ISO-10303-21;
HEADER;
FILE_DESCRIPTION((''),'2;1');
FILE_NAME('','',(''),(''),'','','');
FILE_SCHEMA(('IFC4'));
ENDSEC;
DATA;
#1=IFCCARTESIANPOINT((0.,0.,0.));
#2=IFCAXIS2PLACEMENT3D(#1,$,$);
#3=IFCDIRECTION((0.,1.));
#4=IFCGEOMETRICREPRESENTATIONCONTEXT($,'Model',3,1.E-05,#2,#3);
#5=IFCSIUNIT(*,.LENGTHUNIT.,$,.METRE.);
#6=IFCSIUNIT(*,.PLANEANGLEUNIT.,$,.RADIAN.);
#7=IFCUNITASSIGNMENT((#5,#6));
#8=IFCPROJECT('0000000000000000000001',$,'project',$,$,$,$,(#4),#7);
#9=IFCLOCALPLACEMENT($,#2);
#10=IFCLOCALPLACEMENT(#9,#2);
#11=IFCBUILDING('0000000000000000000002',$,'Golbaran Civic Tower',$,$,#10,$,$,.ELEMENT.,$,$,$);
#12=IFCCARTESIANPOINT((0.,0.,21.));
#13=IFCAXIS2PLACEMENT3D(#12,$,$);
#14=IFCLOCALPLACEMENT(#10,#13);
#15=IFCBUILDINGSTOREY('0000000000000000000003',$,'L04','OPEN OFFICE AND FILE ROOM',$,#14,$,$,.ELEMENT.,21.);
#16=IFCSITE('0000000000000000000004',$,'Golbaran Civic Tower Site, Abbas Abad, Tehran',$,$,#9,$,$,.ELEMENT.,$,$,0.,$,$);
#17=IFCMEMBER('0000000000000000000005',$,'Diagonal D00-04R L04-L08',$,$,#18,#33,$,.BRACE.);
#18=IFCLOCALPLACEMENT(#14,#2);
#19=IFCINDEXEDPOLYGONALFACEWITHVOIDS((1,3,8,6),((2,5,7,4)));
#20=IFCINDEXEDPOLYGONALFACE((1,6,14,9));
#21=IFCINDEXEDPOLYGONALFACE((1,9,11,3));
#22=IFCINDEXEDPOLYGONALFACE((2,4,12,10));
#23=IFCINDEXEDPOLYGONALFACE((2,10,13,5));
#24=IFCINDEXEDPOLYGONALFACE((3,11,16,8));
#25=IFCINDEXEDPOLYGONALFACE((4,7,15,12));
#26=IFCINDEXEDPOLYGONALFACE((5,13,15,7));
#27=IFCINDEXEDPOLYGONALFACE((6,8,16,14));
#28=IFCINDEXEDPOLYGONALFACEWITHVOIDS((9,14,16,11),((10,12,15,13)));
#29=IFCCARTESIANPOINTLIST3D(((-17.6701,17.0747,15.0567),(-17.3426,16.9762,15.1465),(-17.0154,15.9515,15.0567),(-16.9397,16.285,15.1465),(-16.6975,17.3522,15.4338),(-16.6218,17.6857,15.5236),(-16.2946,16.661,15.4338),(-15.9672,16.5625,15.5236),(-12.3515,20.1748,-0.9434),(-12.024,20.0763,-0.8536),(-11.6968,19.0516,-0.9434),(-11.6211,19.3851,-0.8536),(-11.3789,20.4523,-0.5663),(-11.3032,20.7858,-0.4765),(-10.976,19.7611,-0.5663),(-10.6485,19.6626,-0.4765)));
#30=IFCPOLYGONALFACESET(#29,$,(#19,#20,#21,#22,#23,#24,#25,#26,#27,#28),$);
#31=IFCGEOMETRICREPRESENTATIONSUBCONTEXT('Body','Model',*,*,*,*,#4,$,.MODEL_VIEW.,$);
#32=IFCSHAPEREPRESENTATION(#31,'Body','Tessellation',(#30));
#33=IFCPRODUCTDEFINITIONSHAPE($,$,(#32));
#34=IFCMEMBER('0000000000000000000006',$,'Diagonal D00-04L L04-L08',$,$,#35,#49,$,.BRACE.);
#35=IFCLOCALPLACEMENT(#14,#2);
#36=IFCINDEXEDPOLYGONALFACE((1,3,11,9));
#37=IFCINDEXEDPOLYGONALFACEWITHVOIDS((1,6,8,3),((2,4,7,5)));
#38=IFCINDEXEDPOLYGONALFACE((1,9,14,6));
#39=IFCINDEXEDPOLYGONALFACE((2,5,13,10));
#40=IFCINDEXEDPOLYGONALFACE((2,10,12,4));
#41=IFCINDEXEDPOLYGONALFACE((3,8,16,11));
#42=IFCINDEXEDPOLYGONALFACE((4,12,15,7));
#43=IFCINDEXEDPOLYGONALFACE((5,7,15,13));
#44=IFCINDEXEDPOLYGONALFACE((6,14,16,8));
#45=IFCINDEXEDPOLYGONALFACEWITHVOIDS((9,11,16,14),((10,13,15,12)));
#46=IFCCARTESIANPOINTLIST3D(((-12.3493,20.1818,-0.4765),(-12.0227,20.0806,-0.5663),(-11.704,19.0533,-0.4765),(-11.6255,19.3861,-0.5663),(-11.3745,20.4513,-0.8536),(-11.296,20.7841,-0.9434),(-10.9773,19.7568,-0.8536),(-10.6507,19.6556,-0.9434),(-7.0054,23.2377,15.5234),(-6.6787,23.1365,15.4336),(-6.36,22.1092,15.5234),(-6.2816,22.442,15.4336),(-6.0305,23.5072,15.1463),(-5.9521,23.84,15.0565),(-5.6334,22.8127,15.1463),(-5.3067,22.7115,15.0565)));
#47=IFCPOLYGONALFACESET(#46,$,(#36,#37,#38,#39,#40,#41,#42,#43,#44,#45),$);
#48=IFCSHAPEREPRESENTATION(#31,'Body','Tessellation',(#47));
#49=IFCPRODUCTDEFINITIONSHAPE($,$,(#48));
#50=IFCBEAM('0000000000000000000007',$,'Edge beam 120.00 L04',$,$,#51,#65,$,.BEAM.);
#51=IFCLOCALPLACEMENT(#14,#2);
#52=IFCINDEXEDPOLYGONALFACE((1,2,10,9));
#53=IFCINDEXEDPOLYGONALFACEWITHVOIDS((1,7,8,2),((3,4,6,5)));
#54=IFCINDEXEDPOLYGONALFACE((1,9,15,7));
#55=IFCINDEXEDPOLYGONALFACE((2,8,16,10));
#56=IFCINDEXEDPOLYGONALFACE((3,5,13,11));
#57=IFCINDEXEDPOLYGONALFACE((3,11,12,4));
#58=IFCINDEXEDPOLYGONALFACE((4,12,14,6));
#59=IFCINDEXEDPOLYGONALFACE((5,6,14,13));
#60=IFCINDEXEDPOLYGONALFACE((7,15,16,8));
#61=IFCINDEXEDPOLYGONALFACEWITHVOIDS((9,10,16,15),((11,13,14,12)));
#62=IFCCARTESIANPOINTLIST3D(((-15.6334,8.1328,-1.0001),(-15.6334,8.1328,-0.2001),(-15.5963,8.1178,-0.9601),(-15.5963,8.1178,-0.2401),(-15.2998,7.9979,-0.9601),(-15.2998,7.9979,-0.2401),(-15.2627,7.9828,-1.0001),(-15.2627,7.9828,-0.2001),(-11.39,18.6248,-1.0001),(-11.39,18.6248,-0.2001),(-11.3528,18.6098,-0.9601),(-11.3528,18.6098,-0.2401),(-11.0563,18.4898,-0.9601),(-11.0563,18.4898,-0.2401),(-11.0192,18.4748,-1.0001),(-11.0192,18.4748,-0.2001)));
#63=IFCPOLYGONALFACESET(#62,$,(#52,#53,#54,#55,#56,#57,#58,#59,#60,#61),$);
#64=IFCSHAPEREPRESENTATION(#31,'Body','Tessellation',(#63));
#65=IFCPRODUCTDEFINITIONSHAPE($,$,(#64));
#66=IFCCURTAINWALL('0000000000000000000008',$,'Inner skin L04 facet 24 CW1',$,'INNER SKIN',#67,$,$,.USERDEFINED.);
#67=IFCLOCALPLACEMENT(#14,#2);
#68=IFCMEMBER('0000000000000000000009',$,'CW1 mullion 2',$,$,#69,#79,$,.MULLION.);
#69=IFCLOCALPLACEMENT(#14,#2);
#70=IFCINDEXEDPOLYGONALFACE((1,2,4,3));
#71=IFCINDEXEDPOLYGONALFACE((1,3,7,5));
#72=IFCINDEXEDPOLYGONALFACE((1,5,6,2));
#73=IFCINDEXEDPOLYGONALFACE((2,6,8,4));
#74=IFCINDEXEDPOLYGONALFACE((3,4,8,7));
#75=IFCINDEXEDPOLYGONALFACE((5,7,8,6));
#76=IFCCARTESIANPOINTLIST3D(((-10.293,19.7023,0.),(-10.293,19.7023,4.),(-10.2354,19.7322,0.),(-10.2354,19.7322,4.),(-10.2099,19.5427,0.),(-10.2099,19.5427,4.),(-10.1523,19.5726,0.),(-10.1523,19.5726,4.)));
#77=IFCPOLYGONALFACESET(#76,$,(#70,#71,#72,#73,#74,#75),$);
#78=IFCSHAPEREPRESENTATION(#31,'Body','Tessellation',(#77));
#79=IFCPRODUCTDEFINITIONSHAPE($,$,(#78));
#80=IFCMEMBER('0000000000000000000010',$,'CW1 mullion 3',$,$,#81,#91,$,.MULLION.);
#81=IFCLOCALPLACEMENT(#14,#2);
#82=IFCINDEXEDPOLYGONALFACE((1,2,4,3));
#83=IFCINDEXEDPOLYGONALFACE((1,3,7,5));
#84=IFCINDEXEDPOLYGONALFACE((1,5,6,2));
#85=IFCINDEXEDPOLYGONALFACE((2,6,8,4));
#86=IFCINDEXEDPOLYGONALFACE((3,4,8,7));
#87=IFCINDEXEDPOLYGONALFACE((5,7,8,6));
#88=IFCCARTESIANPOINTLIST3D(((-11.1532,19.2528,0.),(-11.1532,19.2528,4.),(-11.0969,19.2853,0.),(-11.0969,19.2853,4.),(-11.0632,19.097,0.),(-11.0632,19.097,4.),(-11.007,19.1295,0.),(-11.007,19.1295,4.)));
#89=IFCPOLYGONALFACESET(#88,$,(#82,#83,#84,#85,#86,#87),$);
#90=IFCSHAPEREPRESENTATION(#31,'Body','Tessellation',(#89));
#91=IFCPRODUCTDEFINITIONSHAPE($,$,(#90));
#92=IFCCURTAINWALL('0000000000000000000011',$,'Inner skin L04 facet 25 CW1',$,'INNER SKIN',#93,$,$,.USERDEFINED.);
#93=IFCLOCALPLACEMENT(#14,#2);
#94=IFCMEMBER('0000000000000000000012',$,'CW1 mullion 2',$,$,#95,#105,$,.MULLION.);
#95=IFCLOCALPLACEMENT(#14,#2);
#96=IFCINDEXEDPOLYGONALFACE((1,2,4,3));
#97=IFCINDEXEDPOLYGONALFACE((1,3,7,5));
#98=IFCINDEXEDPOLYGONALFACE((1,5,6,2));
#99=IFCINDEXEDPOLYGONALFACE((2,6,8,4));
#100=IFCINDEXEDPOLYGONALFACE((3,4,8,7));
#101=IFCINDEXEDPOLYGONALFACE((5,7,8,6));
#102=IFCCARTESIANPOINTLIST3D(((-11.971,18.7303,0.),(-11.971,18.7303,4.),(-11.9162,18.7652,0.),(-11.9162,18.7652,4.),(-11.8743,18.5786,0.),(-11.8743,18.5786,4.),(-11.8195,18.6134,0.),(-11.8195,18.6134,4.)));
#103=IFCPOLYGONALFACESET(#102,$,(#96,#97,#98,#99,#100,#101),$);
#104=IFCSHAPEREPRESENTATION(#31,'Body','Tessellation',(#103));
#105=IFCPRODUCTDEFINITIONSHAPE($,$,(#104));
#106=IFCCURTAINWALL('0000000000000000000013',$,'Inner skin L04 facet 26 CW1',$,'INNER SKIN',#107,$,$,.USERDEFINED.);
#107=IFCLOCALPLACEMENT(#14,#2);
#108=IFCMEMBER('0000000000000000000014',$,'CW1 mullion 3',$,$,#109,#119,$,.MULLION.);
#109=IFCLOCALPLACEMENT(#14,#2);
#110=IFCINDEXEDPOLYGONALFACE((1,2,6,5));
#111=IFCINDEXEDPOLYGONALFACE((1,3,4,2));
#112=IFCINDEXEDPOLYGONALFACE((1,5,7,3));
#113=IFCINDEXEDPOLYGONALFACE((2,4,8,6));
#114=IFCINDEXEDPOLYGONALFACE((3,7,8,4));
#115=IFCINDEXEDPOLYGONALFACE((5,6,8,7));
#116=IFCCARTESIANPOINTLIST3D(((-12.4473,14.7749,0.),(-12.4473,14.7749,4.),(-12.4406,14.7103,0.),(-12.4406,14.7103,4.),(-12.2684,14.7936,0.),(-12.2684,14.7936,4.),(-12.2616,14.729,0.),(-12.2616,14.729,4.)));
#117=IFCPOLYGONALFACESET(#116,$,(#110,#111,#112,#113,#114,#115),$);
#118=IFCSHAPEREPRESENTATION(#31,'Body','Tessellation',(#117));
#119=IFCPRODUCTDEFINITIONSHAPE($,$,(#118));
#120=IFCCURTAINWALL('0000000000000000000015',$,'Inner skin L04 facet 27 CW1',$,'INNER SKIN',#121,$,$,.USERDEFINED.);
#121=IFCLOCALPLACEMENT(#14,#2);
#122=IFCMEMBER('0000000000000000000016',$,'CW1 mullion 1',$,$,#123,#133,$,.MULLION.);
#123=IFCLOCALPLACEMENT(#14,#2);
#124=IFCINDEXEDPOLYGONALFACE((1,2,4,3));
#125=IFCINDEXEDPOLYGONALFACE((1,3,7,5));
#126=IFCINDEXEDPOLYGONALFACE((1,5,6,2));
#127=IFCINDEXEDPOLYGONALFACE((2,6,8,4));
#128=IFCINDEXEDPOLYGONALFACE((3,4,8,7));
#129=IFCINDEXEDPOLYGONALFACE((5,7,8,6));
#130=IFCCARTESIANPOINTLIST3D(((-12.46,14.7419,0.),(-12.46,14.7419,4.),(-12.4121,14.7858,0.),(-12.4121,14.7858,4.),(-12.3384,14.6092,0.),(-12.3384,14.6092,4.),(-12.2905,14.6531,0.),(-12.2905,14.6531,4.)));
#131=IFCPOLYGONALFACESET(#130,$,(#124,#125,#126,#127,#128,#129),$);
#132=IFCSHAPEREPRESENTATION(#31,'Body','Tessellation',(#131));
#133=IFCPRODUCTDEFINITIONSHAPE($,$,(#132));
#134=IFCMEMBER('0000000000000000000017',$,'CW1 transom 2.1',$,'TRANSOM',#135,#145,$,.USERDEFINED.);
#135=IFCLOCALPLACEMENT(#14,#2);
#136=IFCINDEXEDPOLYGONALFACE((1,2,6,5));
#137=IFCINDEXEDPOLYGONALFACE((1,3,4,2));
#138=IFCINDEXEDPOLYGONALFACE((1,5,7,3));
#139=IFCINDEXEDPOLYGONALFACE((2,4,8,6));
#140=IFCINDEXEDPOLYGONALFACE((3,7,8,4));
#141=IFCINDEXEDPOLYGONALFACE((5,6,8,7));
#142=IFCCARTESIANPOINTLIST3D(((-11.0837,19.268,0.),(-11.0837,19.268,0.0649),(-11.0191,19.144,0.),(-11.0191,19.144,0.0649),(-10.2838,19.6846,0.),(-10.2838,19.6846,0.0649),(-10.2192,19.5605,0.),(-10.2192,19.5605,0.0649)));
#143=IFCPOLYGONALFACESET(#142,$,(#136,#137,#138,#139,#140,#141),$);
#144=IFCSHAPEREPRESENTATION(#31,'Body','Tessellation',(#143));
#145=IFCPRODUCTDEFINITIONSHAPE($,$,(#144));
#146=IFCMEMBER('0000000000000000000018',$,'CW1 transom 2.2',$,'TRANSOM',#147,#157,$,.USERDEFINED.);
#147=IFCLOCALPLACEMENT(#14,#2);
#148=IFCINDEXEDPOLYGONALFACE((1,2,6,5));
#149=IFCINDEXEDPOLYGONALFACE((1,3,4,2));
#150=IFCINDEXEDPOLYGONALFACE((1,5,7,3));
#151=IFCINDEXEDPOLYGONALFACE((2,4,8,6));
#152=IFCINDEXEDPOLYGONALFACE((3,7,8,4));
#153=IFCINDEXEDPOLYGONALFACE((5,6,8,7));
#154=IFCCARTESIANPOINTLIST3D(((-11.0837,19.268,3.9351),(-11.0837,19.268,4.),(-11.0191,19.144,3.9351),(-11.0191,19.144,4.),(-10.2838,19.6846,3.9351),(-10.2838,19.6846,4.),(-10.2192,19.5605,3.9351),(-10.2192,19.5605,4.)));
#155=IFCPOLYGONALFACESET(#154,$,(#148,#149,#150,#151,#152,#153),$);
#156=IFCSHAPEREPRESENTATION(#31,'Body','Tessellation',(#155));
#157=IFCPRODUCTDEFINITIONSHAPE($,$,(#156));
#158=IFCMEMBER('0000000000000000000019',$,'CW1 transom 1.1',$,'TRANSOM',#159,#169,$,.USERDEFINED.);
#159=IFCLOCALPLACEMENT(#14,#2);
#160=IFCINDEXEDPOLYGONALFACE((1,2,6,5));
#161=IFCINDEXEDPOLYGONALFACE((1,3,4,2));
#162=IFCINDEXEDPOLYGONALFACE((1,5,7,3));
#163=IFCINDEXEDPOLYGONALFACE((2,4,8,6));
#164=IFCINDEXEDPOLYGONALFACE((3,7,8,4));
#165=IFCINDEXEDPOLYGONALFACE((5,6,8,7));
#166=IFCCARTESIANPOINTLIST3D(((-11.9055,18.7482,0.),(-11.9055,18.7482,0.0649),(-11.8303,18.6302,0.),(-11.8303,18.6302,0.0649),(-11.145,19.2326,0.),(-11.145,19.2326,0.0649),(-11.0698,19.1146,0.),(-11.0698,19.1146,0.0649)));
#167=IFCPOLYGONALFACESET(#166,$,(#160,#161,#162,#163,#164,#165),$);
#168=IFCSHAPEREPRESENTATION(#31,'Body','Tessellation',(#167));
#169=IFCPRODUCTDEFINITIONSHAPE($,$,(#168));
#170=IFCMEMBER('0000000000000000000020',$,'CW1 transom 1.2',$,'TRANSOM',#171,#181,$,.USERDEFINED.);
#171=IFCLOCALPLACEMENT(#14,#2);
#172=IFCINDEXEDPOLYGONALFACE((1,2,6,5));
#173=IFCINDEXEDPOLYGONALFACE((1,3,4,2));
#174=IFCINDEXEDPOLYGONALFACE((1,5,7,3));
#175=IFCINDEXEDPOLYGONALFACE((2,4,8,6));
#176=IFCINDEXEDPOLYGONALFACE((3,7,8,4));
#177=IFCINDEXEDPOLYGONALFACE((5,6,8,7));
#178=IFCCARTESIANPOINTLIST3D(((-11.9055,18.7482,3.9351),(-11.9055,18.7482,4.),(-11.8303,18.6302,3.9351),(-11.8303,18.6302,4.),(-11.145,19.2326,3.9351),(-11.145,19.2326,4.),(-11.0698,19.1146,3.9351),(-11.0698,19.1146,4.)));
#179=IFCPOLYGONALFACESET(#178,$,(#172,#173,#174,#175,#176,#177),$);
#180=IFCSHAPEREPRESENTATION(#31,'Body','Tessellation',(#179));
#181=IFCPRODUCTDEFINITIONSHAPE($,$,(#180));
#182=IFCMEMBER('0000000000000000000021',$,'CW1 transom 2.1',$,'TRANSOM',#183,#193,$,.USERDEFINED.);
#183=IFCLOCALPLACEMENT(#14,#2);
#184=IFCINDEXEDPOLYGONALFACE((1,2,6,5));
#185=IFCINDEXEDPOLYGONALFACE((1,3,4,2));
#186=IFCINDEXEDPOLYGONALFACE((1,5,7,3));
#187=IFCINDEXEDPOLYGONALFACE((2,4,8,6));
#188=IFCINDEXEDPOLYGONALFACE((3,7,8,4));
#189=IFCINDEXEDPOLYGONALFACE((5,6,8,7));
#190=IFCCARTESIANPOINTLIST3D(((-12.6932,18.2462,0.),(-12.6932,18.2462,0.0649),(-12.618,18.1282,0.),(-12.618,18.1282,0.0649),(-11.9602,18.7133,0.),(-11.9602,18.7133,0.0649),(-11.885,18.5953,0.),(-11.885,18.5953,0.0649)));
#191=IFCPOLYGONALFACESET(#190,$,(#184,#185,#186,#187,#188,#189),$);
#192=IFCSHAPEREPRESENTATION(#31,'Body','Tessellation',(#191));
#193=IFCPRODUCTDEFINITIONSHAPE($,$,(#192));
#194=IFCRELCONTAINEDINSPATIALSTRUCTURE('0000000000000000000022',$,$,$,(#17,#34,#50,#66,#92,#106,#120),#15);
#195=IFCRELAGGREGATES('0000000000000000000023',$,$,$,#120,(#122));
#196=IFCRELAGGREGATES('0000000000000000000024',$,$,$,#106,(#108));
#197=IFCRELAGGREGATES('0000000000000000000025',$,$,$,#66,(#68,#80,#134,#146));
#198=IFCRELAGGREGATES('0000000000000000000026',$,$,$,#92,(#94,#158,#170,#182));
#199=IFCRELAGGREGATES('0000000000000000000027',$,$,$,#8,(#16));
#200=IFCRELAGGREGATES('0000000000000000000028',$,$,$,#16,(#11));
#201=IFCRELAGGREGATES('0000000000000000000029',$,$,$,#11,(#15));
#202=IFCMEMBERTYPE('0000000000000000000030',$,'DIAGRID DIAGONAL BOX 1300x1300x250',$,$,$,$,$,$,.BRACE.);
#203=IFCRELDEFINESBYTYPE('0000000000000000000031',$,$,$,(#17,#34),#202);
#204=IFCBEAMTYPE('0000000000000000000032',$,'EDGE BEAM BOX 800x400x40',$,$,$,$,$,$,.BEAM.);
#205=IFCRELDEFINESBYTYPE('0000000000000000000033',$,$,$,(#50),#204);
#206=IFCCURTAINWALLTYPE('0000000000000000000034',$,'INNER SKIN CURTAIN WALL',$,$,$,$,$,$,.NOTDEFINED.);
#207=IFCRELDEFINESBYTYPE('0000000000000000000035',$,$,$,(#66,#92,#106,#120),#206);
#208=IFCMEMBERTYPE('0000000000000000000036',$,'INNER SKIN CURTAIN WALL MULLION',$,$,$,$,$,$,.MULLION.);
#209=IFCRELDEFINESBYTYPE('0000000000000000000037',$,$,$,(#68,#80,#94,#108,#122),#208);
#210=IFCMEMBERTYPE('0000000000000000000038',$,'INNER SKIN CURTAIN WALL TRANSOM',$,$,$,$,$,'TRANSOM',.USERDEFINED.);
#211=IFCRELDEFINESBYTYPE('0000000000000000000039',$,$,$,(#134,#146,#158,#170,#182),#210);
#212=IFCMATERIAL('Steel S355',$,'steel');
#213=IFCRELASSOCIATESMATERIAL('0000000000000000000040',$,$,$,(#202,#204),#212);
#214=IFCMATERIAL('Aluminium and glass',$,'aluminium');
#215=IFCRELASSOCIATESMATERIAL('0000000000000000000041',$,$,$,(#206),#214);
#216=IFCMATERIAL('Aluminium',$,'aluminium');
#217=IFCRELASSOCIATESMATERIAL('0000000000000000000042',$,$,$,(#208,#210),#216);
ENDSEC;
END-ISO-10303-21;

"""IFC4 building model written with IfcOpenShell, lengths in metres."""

from ifc_helpers import new_model, si_unit, direction, frame, origin, origin_2d, place, context, subcontext, project, spatial, rectangle, hollow_rectangle, extrude, material, material_profile, profile_set, type_object, element, aggregate, save


model = new_model("IFC4")

# Units and contexts
model_context = context("Model", 3, precision=1e-05, world=origin(), true_north=direction((0.0, 1.0)))
body_context = subcontext(model_context, "Body", "Model", "MODEL_VIEW")
ifc_project = project(units=[si_unit("LENGTHUNIT", "METRE"), si_unit("PLANEANGLEUNIT", "RADIAN")], contexts=[model_context])

# Site, building, storey
site_placement = place(None, origin())
site = spatial("IfcSite", under=ifc_project, at=site_placement, Name="Golbaran Civic Tower Site, Abbas Abad, Tehran", CompositionType="ELEMENT", RefElevation=0.0)
building_placement = place(site_placement, origin())
building = spatial("IfcBuilding", under=site, at=building_placement, Name="Golbaran Civic Tower", CompositionType="ELEMENT")
storey_placement = place(building_placement, frame((0.0, 0.0, 21.0)))
storey = spatial("IfcBuildingStorey", under=building, at=storey_placement, Name="L04", Description="OPEN OFFICE AND FILE ROOM", CompositionType="ELEMENT", Elevation=21.0)

# Members
ifc_material_1 = material(Name="Steel S355", Category="steel")
ifc_material_profile_1 = material_profile(ifc_material_1, hollow_rectangle(XDim=1.3, YDim=1.3, WallThickness=0.25, at=origin_2d()), Name="BOX 1300x1300x250")
ifc_profile_set_1 = profile_set([ifc_material_profile_1], Name="Steel S355")
member_type_1 = type_object("IfcMemberType", Name="DIAGRID DIAGONAL BOX 1300x1300x250", PredefinedType="BRACE", material=ifc_profile_set_1)
member_1_placement = place(storey_placement, frame((-11.5, 19.9187, -0.71), z_axis=(-0.310241, -0.180833, 0.933301), x_axis=(0.503578, -0.86395, 0.0)))
element("IfcMember", 1, at=member_1_placement, inside=storey, type_object=member_type_1, Name="Diagonal D00-04R L04-L08", PredefinedType="BRACE", context=body_context, shape_type="SweptSolid", body=[
    extrude(hollow_rectangle(XDim=1.3, YDim=1.3, WallThickness=0.25, at=origin_2d()), origin(), (0.0, 0.0, 1.0), 17.1436),
])
member_2_placement = place(storey_placement, frame((-11.5, 19.9187, -0.71), z_axis=(0.311723, 0.178255, 0.933303), x_axis=(-0.496408, 0.868089, 0.0)))
element("IfcMember", 2, at=member_2_placement, inside=storey, type_object=member_type_1, Name="Diagonal D00-04L L04-L08", PredefinedType="BRACE", context=body_context, shape_type="SweptSolid", body=[
    extrude(hollow_rectangle(XDim=1.3, YDim=1.3, WallThickness=0.25, at=origin_2d()), origin(), (0.0, 0.0, 1.0), 17.1433),
])

# Beam
ifc_material_profile_2 = material_profile(ifc_material_1, hollow_rectangle(XDim=0.3999, YDim=0.8, WallThickness=0.04, at=origin_2d()), Name="BOX 800x400x40")
ifc_profile_set_2 = profile_set([ifc_material_profile_2], Name="Steel S355")
beam_type = type_object("IfcBeamType", Name="EDGE BEAM BOX 800x400x40", PredefinedType="BEAM", material=ifc_profile_set_2)
beam_placement = place(storey_placement, frame((-11.2046, 18.5498, -0.6001), z_axis=(-0.37494, -0.927049, 0.0), x_axis=(0.927049, -0.37494, 0.0)))
element("IfcBeam", 3, at=beam_placement, inside=storey, type_object=beam_type, Name="Edge beam 120.00 L04", PredefinedType="BEAM", context=body_context, shape_type="SweptSolid", body=[
    extrude(hollow_rectangle(XDim=0.3999, YDim=0.8, WallThickness=0.04, at=origin_2d()), origin(), (0.0, 0.0, 1.0), 11.3176),
])

# Curtain wall, members
ifc_material_2 = material(Name="Aluminium and glass", Category="aluminium")
curtain_wall_type_1 = type_object("IfcCurtainWallType", Name="INNER SKIN CURTAIN WALL", PredefinedType="NOTDEFINED", material=ifc_material_2)
curtain_wall_1_placement = place(storey_placement, origin())
curtain_wall_1 = element("IfcCurtainWall", 4, at=curtain_wall_1_placement, inside=storey, type_object=curtain_wall_type_1, Name="Inner skin L04 facet 24 CW1", ObjectType="INNER SKIN", PredefinedType="USERDEFINED")
ifc_material_3 = material(Name="Aluminium", Category="aluminium")
ifc_material_profile_3 = material_profile(ifc_material_3, rectangle(XDim=0.1799, YDim=0.0649, at=origin_2d()), Name="INNER SKIN CURTAIN WALL MULLION")
ifc_profile_set_3 = profile_set([ifc_material_profile_3], Name="Aluminium")
member_type_2 = type_object("IfcMemberType", Name="INNER SKIN CURTAIN WALL MULLION", PredefinedType="MULLION", material=ifc_profile_set_3)
member_3_placement = place(storey_placement, frame((-10.2227, 19.6375, 0.0), z_axis=(0.0, 0.0, 1.0), x_axis=(0.461749, -0.887011, 0.0)))
member_3 = element("IfcMember", 5, at=member_3_placement, type_object=member_type_2, Name="CW1 mullion 2", PredefinedType="MULLION", context=body_context, shape_type="SweptSolid", body=[
    extrude(rectangle(XDim=0.1799, YDim=0.0649, at=origin_2d()), origin(), (0.0, 0.0, 1.0), 4.0),
])
member_4_placement = place(storey_placement, frame((-11.0801, 19.1912, 0.0), z_axis=(0.0, 0.0, 1.0), x_axis=(0.5, -0.866025, 0.0)))
member_4 = element("IfcMember", 6, at=member_4_placement, type_object=member_type_2, Name="CW1 mullion 3", PredefinedType="MULLION", context=body_context, shape_type="SweptSolid", body=[
    extrude(rectangle(XDim=0.1799, YDim=0.0649, at=origin_2d()), origin(), (0.0, 0.0, 1.0), 4.0),
])

# Curtain walls, members
curtain_wall_2_placement = place(storey_placement, origin())
curtain_wall_2 = element("IfcCurtainWall", 7, at=curtain_wall_2_placement, inside=storey, type_object=curtain_wall_type_1, Name="Inner skin L04 facet 25 CW1", ObjectType="INNER SKIN", PredefinedType="USERDEFINED")
member_5_placement = place(storey_placement, frame((-11.8953, 18.6719, 0.0), z_axis=(0.0, 0.0, 1.0), x_axis=(0.5373, -0.843391, 0.0)))
member_5 = element("IfcMember", 8, at=member_5_placement, type_object=member_type_2, Name="CW1 mullion 2", PredefinedType="MULLION", context=body_context, shape_type="SweptSolid", body=[
    extrude(rectangle(XDim=0.1799, YDim=0.0649, at=origin_2d()), origin(), (0.0, 0.0, 1.0), 4.0),
])
curtain_wall_3_placement = place(storey_placement, origin())
curtain_wall_3 = element("IfcCurtainWall", 9, at=curtain_wall_3_placement, inside=storey, type_object=curtain_wall_type_1, Name="Inner skin L04 facet 26 CW1", ObjectType="INNER SKIN", PredefinedType="USERDEFINED")
member_6_placement = place(storey_placement, frame((-12.3545, 14.752, 0.0), z_axis=(0.0, 0.0, 1.0), x_axis=(0.994568, 0.104093, 0.0)))
member_6 = element("IfcMember", 10, at=member_6_placement, type_object=member_type_2, Name="CW1 mullion 3", PredefinedType="MULLION", context=body_context, shape_type="SweptSolid", body=[
    extrude(rectangle(XDim=0.1799, YDim=0.0649, at=origin_2d()), origin(), (0.0, 0.0, 1.0), 4.0),
])
curtain_wall_4_placement = place(storey_placement, origin())
curtain_wall_4 = element("IfcCurtainWall", 11, at=curtain_wall_4_placement, inside=storey, type_object=curtain_wall_type_1, Name="Inner skin L04 facet 27 CW1", ObjectType="INNER SKIN", PredefinedType="USERDEFINED")
member_7_placement = place(storey_placement, frame((-12.3752, 14.6975, 0.0), z_axis=(0.0, 0.0, 1.0), x_axis=(0.67559, -0.737277, 0.0)))
member_7 = element("IfcMember", 12, at=member_7_placement, type_object=member_type_2, Name="CW1 mullion 1", PredefinedType="MULLION", context=body_context, shape_type="SweptSolid", body=[
    extrude(rectangle(XDim=0.1799, YDim=0.0649, at=origin_2d()), origin(), (0.0, 0.0, 1.0), 4.0),
])

# Members
ifc_material_profile_4 = material_profile(ifc_material_3, rectangle(XDim=0.1399, YDim=0.0649, at=origin_2d()), Name="INNER SKIN CURTAIN WALL TRANSOM")
ifc_profile_set_4 = profile_set([ifc_material_profile_4], Name="Aluminium")
member_type_3 = type_object("IfcMemberType", Name="INNER SKIN CURTAIN WALL TRANSOM", ElementType="TRANSOM", PredefinedType="USERDEFINED", material=ifc_profile_set_4)
member_8_placement = place(storey_placement, frame((-10.2515, 19.6226, 0.0325), z_axis=(-0.886942, -0.461881, 0.0), x_axis=(0.461881, -0.886942, 0.0)))
member_8 = element("IfcMember", 13, at=member_8_placement, type_object=member_type_3, Name="CW1 transom 2.1", ObjectType="TRANSOM", PredefinedType="USERDEFINED", context=body_context, shape_type="SweptSolid", body=[
    extrude(rectangle(XDim=0.1399, YDim=0.0649, at=origin_2d()), origin(), (0.0, 0.0, 1.0), 0.9019),
])
member_9_placement = place(storey_placement, frame((-10.2515, 19.6226, 3.9675), z_axis=(-0.886942, -0.461881, 0.0), x_axis=(0.461881, -0.886942, 0.0)))
member_9 = element("IfcMember", 14, at=member_9_placement, type_object=member_type_3, Name="CW1 transom 2.2", ObjectType="TRANSOM", PredefinedType="USERDEFINED", context=body_context, shape_type="SweptSolid", body=[
    extrude(rectangle(XDim=0.1399, YDim=0.0649, at=origin_2d()), origin(), (0.0, 0.0, 1.0), 0.9019),
])
member_10_placement = place(storey_placement, frame((-11.1074, 19.1736, 0.0325), z_axis=(-0.84345, -0.537208, 0.0), x_axis=(0.537208, -0.84345, 0.0)))
member_10 = element("IfcMember", 15, at=member_10_placement, type_object=member_type_3, Name="CW1 transom 1.1", ObjectType="TRANSOM", PredefinedType="USERDEFINED", context=body_context, shape_type="SweptSolid", body=[
    extrude(rectangle(XDim=0.1399, YDim=0.0649, at=origin_2d()), origin(), (0.0, 0.0, 1.0), 0.9016),
])
member_11_placement = place(storey_placement, frame((-11.1074, 19.1736, 3.9675), z_axis=(-0.84345, -0.537208, 0.0), x_axis=(0.537208, -0.84345, 0.0)))
member_11 = element("IfcMember", 16, at=member_11_placement, type_object=member_type_3, Name="CW1 transom 1.2", ObjectType="TRANSOM", PredefinedType="USERDEFINED", context=body_context, shape_type="SweptSolid", body=[
    extrude(rectangle(XDim=0.1399, YDim=0.0649, at=origin_2d()), origin(), (0.0, 0.0, 1.0), 0.9016),
])
member_12_placement = place(storey_placement, frame((-11.9226, 18.6543, 0.0325), z_axis=(-0.843326, -0.537403, 0.0), x_axis=(0.537403, -0.843326, 0.0)))
member_12 = element("IfcMember", 17, at=member_12_placement, type_object=member_type_3, Name="CW1 transom 2.1", ObjectType="TRANSOM", PredefinedType="USERDEFINED", context=body_context, shape_type="SweptSolid", body=[
    extrude(rectangle(XDim=0.1399, YDim=0.0649, at=origin_2d()), origin(), (0.0, 0.0, 1.0), 0.8691),
])
aggregate(curtain_wall_4, [member_7])

aggregate(curtain_wall_3, [member_6])
aggregate(curtain_wall_1, [member_3, member_4, member_8, member_9])
aggregate(curtain_wall_2, [member_5, member_10, member_11, member_12])

save(model, "model.ifc")
